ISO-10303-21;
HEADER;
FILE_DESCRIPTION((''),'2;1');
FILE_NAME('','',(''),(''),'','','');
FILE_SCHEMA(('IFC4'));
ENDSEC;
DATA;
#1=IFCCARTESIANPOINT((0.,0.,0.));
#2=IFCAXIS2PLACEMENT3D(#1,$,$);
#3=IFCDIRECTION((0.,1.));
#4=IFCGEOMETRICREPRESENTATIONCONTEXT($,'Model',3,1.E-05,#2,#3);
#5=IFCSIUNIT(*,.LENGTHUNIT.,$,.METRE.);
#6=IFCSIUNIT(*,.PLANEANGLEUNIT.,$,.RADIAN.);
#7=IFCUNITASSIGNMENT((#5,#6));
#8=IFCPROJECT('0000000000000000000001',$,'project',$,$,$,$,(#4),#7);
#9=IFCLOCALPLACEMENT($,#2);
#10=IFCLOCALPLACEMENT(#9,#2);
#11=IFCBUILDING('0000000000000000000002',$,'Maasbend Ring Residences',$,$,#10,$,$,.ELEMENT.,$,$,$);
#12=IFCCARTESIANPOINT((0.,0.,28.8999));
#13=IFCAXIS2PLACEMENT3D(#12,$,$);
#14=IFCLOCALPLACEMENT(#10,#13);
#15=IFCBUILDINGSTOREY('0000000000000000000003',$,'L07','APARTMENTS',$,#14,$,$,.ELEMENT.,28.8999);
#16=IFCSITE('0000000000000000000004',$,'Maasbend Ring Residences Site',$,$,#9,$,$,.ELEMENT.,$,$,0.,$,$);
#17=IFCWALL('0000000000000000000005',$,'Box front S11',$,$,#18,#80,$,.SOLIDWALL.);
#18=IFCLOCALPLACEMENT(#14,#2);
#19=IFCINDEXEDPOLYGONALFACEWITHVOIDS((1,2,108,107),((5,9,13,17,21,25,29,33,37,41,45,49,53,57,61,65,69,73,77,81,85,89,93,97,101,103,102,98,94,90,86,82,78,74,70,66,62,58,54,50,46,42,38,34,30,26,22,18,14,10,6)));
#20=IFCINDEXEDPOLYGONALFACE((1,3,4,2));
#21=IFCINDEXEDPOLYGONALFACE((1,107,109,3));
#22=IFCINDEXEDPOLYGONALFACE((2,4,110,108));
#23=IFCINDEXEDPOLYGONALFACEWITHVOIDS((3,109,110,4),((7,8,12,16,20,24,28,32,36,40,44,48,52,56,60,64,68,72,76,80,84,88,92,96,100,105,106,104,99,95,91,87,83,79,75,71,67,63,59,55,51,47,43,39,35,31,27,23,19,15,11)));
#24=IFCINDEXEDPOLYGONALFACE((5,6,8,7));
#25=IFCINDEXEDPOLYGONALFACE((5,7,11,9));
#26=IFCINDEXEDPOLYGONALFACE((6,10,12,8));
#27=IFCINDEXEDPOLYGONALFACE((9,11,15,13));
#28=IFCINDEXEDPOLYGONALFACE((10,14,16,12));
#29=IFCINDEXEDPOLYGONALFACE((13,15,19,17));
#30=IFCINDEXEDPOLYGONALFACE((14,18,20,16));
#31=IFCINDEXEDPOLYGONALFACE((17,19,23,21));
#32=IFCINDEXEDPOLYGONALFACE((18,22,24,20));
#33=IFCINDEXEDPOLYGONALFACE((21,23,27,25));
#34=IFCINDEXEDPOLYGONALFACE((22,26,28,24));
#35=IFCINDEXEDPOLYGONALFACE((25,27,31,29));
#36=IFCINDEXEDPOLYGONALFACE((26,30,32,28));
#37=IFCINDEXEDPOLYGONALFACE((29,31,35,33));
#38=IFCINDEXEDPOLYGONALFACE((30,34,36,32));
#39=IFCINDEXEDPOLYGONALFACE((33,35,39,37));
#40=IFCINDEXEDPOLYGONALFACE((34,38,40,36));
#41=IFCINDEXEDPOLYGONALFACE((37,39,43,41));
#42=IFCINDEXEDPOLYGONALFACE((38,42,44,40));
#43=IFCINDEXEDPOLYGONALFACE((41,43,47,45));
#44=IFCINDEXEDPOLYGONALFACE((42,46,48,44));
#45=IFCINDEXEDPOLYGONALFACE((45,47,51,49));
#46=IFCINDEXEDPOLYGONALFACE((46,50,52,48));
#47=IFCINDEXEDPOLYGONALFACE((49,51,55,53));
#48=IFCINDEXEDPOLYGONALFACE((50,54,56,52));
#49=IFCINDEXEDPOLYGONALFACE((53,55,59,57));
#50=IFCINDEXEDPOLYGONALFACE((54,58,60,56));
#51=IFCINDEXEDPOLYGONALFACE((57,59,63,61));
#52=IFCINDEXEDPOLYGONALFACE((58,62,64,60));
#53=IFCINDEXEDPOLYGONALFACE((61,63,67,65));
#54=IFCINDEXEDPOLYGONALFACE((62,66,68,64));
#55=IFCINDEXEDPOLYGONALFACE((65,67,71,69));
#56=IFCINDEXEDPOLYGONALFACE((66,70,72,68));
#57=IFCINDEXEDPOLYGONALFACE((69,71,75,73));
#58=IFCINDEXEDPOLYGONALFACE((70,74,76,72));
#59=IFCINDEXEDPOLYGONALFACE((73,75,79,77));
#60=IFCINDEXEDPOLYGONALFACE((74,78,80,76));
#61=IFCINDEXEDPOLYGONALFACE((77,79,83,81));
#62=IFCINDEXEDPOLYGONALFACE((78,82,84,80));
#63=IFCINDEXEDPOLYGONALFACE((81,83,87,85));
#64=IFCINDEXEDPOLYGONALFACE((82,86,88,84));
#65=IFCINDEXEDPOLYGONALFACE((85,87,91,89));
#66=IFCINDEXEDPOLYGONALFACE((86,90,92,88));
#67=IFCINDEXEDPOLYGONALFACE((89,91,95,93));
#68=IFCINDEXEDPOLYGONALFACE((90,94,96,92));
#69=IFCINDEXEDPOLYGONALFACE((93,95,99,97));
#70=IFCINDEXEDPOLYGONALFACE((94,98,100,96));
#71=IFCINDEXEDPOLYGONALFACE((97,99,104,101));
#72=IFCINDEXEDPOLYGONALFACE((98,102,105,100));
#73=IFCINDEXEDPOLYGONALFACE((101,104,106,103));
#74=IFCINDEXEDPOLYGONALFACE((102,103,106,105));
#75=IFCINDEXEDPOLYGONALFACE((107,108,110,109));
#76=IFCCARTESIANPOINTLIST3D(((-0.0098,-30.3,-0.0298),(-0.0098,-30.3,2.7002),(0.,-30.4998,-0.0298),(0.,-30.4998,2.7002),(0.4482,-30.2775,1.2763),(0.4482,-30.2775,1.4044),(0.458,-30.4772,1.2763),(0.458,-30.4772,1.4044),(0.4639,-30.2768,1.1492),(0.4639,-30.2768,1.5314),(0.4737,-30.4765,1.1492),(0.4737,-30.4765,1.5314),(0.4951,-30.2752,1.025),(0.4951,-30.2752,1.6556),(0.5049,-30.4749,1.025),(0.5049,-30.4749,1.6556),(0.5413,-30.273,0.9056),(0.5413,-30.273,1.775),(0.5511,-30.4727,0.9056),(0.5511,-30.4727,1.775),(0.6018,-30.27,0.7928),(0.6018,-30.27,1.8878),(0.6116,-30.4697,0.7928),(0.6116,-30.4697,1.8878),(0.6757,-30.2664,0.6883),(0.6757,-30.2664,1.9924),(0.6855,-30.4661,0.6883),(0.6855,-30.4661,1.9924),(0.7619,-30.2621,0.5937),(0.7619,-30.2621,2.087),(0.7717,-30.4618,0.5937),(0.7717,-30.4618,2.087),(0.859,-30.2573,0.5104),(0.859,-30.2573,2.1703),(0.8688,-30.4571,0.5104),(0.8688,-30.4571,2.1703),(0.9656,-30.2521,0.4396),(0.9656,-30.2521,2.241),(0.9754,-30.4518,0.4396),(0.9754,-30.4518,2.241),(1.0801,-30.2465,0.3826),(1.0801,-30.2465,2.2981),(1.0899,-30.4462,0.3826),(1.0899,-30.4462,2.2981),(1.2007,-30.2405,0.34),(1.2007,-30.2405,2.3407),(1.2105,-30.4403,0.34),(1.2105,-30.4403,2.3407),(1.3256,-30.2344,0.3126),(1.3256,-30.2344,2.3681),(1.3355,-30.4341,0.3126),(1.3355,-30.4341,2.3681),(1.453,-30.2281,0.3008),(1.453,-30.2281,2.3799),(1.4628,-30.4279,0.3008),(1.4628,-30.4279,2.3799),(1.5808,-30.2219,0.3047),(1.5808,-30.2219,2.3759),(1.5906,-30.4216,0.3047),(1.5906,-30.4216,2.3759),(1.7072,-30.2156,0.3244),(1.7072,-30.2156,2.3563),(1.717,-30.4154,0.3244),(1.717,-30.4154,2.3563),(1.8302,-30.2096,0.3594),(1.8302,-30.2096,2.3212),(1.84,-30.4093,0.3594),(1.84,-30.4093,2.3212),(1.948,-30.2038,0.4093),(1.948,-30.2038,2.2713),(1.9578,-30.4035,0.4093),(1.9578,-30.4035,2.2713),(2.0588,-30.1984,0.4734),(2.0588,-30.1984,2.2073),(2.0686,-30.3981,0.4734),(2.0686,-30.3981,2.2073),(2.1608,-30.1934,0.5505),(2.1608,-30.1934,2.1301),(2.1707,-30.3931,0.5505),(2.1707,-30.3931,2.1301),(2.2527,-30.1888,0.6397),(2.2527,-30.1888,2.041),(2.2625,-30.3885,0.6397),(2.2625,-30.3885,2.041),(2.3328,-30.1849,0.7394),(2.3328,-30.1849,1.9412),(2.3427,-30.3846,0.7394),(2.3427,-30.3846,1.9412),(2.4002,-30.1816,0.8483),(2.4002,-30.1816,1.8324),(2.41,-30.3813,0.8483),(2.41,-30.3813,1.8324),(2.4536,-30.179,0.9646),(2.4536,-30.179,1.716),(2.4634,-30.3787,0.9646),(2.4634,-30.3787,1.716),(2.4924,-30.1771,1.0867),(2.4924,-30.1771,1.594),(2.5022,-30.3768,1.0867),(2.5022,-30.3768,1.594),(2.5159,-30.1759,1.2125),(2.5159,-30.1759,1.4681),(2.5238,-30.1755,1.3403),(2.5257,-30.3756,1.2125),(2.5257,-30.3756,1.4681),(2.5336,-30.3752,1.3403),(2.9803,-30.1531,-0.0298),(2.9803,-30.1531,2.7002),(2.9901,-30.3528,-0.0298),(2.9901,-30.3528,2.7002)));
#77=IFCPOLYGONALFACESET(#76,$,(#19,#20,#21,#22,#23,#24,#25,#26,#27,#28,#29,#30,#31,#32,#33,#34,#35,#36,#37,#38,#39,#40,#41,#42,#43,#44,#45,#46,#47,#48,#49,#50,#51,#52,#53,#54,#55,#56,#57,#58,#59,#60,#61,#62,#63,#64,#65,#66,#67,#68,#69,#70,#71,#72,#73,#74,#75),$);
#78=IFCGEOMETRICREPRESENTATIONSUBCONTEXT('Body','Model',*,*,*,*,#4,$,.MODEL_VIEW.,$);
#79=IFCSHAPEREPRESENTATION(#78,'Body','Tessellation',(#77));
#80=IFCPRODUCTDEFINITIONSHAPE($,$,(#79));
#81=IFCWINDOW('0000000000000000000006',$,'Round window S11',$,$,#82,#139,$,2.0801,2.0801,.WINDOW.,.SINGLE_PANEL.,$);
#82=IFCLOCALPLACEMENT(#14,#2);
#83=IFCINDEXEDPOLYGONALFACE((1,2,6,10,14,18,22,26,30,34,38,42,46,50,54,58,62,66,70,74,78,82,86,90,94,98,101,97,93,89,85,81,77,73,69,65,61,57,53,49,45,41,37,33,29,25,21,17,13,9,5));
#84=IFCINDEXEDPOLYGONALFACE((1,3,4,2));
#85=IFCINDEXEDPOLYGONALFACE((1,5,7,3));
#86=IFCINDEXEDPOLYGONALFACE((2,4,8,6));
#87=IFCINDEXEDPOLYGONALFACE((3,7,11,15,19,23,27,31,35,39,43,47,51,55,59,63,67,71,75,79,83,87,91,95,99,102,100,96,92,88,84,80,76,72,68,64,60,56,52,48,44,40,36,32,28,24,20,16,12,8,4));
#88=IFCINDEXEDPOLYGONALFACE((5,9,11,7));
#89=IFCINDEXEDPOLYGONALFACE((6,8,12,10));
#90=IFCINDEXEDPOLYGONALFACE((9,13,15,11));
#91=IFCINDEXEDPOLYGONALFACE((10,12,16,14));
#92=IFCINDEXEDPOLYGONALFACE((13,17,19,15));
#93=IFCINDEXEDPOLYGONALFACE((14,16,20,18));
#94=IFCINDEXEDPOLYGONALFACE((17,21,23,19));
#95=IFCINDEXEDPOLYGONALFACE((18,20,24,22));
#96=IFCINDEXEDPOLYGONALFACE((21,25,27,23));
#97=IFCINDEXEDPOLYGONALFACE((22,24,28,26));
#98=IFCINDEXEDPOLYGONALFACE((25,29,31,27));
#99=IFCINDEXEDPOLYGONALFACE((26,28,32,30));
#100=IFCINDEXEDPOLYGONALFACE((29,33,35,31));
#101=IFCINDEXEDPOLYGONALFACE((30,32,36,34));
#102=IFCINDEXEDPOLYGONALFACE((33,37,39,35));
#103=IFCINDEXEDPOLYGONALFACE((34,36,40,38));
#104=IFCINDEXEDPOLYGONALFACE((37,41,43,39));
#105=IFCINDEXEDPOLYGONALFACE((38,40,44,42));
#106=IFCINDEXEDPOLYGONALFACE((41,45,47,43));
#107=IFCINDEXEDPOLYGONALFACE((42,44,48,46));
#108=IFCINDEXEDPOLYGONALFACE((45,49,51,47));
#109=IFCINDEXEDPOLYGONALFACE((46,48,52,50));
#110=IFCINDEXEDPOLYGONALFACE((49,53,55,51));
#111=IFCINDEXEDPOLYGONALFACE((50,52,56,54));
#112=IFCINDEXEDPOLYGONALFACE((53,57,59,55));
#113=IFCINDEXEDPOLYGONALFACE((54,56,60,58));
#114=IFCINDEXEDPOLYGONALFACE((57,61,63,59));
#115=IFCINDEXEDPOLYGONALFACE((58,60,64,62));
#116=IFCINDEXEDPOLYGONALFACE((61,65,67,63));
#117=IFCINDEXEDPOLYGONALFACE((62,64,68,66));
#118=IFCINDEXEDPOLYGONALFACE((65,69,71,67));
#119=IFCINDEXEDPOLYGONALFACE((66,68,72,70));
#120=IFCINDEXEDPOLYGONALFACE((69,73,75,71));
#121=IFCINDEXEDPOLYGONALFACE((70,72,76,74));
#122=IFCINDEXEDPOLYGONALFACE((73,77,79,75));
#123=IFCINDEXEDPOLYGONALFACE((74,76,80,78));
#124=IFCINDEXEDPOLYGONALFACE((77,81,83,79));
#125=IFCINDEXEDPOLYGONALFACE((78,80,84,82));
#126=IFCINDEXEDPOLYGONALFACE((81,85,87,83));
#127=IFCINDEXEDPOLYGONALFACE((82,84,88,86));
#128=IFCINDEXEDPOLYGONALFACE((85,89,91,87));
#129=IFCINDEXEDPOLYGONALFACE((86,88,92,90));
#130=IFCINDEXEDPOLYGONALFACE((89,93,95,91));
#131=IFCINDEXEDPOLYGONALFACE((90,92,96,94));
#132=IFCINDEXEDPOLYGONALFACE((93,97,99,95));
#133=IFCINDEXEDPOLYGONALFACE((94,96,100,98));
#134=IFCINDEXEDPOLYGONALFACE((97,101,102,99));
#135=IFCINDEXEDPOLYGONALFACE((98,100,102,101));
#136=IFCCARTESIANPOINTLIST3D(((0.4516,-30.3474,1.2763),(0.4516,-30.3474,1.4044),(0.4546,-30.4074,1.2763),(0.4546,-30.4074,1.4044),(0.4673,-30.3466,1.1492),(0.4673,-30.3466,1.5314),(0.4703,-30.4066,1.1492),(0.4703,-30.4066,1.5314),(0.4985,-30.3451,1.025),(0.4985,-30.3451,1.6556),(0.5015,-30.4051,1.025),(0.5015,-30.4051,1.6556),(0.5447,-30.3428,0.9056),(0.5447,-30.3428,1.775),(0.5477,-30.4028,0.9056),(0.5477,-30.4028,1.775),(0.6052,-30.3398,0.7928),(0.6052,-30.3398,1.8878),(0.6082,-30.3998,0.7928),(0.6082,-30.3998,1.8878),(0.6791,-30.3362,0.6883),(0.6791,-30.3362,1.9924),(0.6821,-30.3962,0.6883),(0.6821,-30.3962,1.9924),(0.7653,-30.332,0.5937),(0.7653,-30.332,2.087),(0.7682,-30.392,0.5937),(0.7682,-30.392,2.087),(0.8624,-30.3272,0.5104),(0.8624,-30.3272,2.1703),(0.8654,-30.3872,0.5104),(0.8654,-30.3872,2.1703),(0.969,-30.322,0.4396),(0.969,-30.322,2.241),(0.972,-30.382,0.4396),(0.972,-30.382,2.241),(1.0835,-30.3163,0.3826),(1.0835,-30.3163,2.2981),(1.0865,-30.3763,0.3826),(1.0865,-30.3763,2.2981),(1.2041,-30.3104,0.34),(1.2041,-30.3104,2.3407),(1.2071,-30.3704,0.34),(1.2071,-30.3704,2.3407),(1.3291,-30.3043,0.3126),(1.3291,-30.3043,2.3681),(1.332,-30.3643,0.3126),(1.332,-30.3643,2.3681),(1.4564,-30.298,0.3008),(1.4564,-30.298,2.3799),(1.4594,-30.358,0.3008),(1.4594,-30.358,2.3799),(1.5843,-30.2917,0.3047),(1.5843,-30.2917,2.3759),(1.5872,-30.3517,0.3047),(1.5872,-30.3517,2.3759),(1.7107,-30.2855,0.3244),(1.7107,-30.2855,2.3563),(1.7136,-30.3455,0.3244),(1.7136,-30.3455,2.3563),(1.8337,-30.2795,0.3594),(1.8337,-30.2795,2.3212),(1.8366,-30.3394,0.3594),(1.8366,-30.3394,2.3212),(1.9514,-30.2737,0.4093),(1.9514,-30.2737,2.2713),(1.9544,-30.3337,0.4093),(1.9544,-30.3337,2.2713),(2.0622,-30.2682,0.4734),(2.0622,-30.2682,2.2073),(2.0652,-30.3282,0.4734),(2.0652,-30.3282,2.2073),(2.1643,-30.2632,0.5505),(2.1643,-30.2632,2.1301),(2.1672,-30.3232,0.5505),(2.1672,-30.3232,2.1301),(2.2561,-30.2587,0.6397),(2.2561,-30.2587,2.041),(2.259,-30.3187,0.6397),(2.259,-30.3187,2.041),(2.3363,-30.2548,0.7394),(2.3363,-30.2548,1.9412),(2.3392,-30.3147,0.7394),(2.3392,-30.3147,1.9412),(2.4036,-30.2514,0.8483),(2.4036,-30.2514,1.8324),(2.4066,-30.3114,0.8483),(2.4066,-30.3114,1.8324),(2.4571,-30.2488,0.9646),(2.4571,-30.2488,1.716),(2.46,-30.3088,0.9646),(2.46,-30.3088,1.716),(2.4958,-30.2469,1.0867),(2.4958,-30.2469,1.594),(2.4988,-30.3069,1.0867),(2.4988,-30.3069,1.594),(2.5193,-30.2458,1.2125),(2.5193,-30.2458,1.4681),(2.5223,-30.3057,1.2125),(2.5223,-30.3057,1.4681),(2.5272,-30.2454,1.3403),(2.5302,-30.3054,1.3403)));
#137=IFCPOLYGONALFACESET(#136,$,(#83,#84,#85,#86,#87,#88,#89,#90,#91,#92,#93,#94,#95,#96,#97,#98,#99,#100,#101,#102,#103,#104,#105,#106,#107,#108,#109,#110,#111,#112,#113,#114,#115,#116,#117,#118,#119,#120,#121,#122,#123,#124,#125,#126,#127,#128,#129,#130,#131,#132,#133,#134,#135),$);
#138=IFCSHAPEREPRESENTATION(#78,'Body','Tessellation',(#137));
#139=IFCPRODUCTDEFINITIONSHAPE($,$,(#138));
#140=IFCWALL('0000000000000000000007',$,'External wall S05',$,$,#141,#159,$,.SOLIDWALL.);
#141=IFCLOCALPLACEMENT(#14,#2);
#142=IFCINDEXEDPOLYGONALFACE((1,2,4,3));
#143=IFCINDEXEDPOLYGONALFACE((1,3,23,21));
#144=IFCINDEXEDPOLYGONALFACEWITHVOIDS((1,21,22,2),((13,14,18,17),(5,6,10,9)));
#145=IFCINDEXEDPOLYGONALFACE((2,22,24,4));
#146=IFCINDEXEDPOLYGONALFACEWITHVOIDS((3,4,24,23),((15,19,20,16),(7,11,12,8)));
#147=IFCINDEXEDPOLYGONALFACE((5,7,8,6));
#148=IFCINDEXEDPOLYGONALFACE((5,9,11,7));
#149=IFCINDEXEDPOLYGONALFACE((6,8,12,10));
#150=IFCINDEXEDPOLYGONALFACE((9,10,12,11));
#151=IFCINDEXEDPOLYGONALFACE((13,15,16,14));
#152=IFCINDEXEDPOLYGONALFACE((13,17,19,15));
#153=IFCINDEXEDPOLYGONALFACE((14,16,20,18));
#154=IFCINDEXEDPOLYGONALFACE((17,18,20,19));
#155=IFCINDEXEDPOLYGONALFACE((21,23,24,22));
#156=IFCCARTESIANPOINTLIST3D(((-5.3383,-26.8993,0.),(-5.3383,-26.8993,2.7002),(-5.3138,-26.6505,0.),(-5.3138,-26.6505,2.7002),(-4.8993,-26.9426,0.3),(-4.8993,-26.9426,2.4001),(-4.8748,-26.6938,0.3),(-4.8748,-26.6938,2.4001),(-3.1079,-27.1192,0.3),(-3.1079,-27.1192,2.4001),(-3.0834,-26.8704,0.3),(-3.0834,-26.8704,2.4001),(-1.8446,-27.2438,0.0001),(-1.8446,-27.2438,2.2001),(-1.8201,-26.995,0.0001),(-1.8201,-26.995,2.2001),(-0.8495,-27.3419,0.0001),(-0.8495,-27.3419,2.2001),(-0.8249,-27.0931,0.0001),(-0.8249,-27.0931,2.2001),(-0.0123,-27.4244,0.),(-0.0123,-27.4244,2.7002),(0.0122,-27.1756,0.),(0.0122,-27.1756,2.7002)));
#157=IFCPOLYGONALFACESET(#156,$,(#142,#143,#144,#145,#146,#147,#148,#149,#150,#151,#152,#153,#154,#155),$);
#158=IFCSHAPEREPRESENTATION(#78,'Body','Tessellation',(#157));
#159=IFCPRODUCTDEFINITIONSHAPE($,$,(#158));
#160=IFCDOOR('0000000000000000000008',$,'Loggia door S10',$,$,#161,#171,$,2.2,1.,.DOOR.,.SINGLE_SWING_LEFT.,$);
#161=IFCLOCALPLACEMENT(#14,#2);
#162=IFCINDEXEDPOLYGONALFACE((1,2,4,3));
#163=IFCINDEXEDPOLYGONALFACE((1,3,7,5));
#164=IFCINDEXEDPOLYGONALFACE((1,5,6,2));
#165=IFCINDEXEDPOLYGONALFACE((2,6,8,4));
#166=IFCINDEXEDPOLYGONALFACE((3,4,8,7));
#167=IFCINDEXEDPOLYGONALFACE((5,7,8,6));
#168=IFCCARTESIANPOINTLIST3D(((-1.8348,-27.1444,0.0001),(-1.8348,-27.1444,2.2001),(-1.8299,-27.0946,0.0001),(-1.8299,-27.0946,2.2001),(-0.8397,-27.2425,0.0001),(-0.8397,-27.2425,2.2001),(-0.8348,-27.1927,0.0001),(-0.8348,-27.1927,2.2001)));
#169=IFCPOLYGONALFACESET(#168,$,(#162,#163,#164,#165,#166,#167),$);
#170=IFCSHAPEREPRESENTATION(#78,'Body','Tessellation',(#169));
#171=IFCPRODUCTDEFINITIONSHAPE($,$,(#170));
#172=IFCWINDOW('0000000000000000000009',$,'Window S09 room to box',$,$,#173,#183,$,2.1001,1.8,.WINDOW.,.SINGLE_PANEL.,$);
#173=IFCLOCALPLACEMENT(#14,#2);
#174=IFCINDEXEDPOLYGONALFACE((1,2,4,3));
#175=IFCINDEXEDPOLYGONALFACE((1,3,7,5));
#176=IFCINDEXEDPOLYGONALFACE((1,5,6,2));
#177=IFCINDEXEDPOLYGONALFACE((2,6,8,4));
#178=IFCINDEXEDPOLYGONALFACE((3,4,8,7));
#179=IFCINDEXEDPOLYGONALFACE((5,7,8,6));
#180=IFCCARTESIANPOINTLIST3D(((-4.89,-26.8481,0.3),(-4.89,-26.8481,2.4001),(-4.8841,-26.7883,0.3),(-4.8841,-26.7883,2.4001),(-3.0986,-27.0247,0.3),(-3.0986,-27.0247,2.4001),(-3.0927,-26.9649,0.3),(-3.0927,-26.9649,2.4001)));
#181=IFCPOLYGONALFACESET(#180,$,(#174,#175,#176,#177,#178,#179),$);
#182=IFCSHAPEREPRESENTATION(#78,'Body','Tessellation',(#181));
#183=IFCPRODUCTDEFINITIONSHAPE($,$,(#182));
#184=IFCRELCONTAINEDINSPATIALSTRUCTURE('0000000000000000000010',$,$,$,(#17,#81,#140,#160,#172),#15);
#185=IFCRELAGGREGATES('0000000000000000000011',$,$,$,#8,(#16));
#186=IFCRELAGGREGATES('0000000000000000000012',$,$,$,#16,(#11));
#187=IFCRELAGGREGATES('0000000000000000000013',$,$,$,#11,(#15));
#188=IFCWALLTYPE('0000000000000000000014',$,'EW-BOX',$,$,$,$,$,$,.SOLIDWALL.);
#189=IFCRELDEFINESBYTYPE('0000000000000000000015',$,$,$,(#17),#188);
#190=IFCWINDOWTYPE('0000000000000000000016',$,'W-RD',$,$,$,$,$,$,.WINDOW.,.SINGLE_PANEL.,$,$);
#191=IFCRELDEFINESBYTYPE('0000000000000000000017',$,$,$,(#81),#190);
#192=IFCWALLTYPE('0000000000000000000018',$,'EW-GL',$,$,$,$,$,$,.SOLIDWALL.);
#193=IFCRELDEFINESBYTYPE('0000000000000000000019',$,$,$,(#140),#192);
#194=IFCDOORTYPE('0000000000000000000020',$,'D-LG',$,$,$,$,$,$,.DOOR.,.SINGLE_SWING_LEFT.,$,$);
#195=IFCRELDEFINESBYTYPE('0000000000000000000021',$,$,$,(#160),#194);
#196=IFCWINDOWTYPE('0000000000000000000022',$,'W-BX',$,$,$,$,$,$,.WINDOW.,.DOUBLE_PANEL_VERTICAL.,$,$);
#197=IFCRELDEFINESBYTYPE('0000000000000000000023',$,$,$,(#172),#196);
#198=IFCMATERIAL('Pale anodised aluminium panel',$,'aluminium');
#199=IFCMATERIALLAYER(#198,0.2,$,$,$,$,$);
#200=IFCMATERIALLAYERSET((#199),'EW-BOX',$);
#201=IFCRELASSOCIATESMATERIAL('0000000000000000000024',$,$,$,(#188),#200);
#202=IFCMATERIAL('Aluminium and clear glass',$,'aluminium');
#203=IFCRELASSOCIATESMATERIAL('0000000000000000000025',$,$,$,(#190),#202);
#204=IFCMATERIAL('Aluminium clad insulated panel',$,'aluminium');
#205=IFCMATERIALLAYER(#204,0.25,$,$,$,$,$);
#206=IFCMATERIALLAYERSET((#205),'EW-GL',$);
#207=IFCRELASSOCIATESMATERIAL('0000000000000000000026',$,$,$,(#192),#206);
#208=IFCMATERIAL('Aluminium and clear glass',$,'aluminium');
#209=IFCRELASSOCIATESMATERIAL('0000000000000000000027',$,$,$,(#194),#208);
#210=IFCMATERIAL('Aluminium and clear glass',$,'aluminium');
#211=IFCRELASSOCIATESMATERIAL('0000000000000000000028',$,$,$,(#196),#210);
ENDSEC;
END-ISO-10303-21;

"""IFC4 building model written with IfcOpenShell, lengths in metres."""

from ifc_helpers import new_model, si_unit, direction, frame, frame_2d, origin, place, context, subcontext, project, spatial, rectangle, circle, extrude, material, layer, layer_set, type_object, element, fill, save


model = new_model("IFC4")

# Units and contexts
model_context = context("Model", 3, precision=1e-05, world=origin(), true_north=direction((0.0, 1.0)))
body_context = subcontext(model_context, "Body", "Model", "MODEL_VIEW")
ifc_project = project(units=[si_unit("LENGTHUNIT", "METRE"), si_unit("PLANEANGLEUNIT", "RADIAN")], contexts=[model_context])

# Site, building, storey
site_placement = place(None, origin())
site = spatial("IfcSite", under=ifc_project, at=site_placement, Name="Maasbend Ring Residences Site", CompositionType="ELEMENT", RefElevation=0.0)
building_placement = place(site_placement, origin())
building = spatial("IfcBuilding", under=site, at=building_placement, Name="Maasbend Ring Residences", CompositionType="ELEMENT")
storey_placement = place(building_placement, frame((0.0, 0.0, 28.8999)))
storey = spatial("IfcBuildingStorey", under=building, at=storey_placement, Name="L07", Description="APARTMENTS", CompositionType="ELEMENT", Elevation=28.8999)

# Shared definitions
ifc_material_1 = material(Name="Pale anodised aluminium panel", Category="aluminium")
ifc_layer_1 = layer(ifc_material_1, 0.2)
ifc_layer_set_1 = layer_set([ifc_layer_1], Name="EW-BOX")
wall_type_1 = type_object("IfcWallType", Name="EW-BOX", PredefinedType="SOLIDWALL", material=ifc_layer_set_1)

# Shared definitions
ifc_material_2 = material(Name="Aluminium and clear glass", Category="aluminium")
window_type_1 = type_object("IfcWindowType", Name="W-RD", PartitioningType="SINGLE_PANEL", PredefinedType="WINDOW", material=ifc_material_2)

# Wall, opening, window
wall_1_placement = place(storey_placement, frame((-0.0049, -30.3999, -0.0298), z_axis=(0.0, 0.0, 1.0), x_axis=(0.998794, 0.049096, 0.0)))
wall_1 = element("IfcWall", 1, at=wall_1_placement, inside=storey, type_object=wall_type_1, Name="Box front S11", PredefinedType="SOLIDWALL", context=body_context, shape_type="SweptSolid", body=[
    extrude(rectangle(XDim=2.9937, YDim=0.2, at=frame_2d((1.4968, 0.0))), origin(), (0.0, 0.0, 1.0), 2.73),
])
opening_1_placement = place(wall_1_placement, frame((0.4565, 0.0, 0.3301)))
opening_1 = element("IfcOpeningElement", 2, at=opening_1_placement, cuts=wall_1, PredefinedType="OPENING", context=body_context, shape_type="SweptSolid", body=[
    extrude(circle(Radius=1.04, at=frame_2d((1.04, 1.04))), frame((0.0, 0.1099, 0.0), z_axis=(0.0, -1.0, 0.0), x_axis=(1.0, 0.0, 0.0)), (0.0, 0.0, 1.0), 0.22),
])
window_1_placement = place(opening_1_placement, origin())
window_1 = element("IfcWindow", 3, at=window_1_placement, inside=storey, type_object=window_type_1, Name="Round window S11", OverallHeight=2.0801, OverallWidth=2.0801, PartitioningType="SINGLE_PANEL", PredefinedType="WINDOW", context=body_context, shape_type="SweptSolid", body=[
    extrude(circle(Radius=1.04, at=frame_2d((1.04, 1.04))), frame((0.0, 0.03, 0.0), z_axis=(0.0, -1.0, 0.0), x_axis=(1.0, 0.0, 0.0)), (0.0, 0.0, 1.0), 0.0601),
])
fill(opening_1, window_1)

# Wall, openings, door, window
ifc_material_3 = material(Name="Aluminium clad insulated panel", Category="aluminium")
ifc_layer_2 = layer(ifc_material_3, 0.25)
ifc_layer_set_2 = layer_set([ifc_layer_2], Name="EW-GL")
wall_type_2 = type_object("IfcWallType", Name="EW-GL", PredefinedType="SOLIDWALL", material=ifc_layer_set_2)
wall_2_placement = place(storey_placement, frame((-5.3259, -26.7749, 0.0), z_axis=(0.0, 0.0, 1.0), x_axis=(0.995174, -0.098126, 0.0)))
wall_2 = element("IfcWall", 4, at=wall_2_placement, inside=storey, type_object=wall_type_2, Name="External wall S05", PredefinedType="SOLIDWALL", context=body_context, shape_type="SweptSolid", body=[
    extrude(rectangle(XDim=5.3518, YDim=0.25, at=frame_2d((2.6758, 0.0))), origin(), (0.0, 0.0, 1.0), 2.7002),
])
opening_2_placement = place(wall_2_placement, frame((0.4412, 0.0, 0.3)))
opening_2 = element("IfcOpeningElement", 5, at=opening_2_placement, cuts=wall_2, PredefinedType="OPENING", context=body_context, shape_type="SweptSolid", body=[
    extrude(rectangle(XDim=1.8, YDim=2.1001, at=frame_2d((0.8999, 1.05))), frame((0.0, 0.135, 0.0), z_axis=(0.0, -1.0, 0.0), x_axis=(1.0, 0.0, 0.0)), (0.0, 0.0, 1.0), 0.27),
])
opening_3_placement = place(wall_2_placement, frame((3.5105, 0.0, 0.0)))
opening_3 = element("IfcOpeningElement", 6, at=opening_3_placement, cuts=wall_2, PredefinedType="OPENING", context=body_context, shape_type="SweptSolid", body=[
    extrude(rectangle(XDim=1.0, YDim=2.2, at=frame_2d((0.5, 1.1001))), frame((0.0, 0.135, 0.0), z_axis=(0.0, -1.0, 0.0), x_axis=(1.0, 0.0, 0.0)), (0.0, 0.0, 1.0), 0.27),
])
ifc_material_4 = material(Name="Aluminium and clear glass", Category="aluminium")
door_type_1 = type_object("IfcDoorType", Name="D-LG", OperationType="SINGLE_SWING_LEFT", PredefinedType="DOOR", material=ifc_material_4)
door_1_placement = place(opening_3_placement, origin())
door_1 = element("IfcDoor", 7, at=door_1_placement, inside=storey, type_object=door_type_1, Name="Loggia door S10", OperationType="SINGLE_SWING_LEFT", OverallHeight=2.2, OverallWidth=1.0, PredefinedType="DOOR", context=body_context, shape_type="SweptSolid", body=[
    extrude(rectangle(XDim=1.0, YDim=2.2, at=frame_2d((0.5, 1.1001))), frame((0.0, 0.0249, 0.0), z_axis=(0.0, -1.0, 0.0), x_axis=(1.0, 0.0, 0.0)), (0.0, 0.0, 1.0), 0.05),
])
fill(opening_3, door_1)
ifc_material_5 = material(Name="Aluminium and clear glass", Category="aluminium")
window_type_2 = type_object("IfcWindowType", Name="W-BX", PartitioningType="DOUBLE_PANEL_VERTICAL", PredefinedType="WINDOW", material=ifc_material_5)
window_2_placement = place(opening_2_placement, origin())
window_2 = element("IfcWindow", 8, at=window_2_placement, inside=storey, type_object=window_type_2, Name="Window S09 room to box", OverallHeight=2.1001, OverallWidth=1.8, PartitioningType="SINGLE_PANEL", PredefinedType="WINDOW", context=body_context, shape_type="SweptSolid", body=[
    extrude(rectangle(XDim=1.8, YDim=2.1001, at=frame_2d((0.8999, 1.05))), frame((0.0, 0.03, 0.0), z_axis=(0.0, -1.0, 0.0), x_axis=(1.0, 0.0, 0.0)), (0.0, 0.0, 1.0), 0.0601),
])
fill(opening_2, window_2)

save(model, "model.ifc")
